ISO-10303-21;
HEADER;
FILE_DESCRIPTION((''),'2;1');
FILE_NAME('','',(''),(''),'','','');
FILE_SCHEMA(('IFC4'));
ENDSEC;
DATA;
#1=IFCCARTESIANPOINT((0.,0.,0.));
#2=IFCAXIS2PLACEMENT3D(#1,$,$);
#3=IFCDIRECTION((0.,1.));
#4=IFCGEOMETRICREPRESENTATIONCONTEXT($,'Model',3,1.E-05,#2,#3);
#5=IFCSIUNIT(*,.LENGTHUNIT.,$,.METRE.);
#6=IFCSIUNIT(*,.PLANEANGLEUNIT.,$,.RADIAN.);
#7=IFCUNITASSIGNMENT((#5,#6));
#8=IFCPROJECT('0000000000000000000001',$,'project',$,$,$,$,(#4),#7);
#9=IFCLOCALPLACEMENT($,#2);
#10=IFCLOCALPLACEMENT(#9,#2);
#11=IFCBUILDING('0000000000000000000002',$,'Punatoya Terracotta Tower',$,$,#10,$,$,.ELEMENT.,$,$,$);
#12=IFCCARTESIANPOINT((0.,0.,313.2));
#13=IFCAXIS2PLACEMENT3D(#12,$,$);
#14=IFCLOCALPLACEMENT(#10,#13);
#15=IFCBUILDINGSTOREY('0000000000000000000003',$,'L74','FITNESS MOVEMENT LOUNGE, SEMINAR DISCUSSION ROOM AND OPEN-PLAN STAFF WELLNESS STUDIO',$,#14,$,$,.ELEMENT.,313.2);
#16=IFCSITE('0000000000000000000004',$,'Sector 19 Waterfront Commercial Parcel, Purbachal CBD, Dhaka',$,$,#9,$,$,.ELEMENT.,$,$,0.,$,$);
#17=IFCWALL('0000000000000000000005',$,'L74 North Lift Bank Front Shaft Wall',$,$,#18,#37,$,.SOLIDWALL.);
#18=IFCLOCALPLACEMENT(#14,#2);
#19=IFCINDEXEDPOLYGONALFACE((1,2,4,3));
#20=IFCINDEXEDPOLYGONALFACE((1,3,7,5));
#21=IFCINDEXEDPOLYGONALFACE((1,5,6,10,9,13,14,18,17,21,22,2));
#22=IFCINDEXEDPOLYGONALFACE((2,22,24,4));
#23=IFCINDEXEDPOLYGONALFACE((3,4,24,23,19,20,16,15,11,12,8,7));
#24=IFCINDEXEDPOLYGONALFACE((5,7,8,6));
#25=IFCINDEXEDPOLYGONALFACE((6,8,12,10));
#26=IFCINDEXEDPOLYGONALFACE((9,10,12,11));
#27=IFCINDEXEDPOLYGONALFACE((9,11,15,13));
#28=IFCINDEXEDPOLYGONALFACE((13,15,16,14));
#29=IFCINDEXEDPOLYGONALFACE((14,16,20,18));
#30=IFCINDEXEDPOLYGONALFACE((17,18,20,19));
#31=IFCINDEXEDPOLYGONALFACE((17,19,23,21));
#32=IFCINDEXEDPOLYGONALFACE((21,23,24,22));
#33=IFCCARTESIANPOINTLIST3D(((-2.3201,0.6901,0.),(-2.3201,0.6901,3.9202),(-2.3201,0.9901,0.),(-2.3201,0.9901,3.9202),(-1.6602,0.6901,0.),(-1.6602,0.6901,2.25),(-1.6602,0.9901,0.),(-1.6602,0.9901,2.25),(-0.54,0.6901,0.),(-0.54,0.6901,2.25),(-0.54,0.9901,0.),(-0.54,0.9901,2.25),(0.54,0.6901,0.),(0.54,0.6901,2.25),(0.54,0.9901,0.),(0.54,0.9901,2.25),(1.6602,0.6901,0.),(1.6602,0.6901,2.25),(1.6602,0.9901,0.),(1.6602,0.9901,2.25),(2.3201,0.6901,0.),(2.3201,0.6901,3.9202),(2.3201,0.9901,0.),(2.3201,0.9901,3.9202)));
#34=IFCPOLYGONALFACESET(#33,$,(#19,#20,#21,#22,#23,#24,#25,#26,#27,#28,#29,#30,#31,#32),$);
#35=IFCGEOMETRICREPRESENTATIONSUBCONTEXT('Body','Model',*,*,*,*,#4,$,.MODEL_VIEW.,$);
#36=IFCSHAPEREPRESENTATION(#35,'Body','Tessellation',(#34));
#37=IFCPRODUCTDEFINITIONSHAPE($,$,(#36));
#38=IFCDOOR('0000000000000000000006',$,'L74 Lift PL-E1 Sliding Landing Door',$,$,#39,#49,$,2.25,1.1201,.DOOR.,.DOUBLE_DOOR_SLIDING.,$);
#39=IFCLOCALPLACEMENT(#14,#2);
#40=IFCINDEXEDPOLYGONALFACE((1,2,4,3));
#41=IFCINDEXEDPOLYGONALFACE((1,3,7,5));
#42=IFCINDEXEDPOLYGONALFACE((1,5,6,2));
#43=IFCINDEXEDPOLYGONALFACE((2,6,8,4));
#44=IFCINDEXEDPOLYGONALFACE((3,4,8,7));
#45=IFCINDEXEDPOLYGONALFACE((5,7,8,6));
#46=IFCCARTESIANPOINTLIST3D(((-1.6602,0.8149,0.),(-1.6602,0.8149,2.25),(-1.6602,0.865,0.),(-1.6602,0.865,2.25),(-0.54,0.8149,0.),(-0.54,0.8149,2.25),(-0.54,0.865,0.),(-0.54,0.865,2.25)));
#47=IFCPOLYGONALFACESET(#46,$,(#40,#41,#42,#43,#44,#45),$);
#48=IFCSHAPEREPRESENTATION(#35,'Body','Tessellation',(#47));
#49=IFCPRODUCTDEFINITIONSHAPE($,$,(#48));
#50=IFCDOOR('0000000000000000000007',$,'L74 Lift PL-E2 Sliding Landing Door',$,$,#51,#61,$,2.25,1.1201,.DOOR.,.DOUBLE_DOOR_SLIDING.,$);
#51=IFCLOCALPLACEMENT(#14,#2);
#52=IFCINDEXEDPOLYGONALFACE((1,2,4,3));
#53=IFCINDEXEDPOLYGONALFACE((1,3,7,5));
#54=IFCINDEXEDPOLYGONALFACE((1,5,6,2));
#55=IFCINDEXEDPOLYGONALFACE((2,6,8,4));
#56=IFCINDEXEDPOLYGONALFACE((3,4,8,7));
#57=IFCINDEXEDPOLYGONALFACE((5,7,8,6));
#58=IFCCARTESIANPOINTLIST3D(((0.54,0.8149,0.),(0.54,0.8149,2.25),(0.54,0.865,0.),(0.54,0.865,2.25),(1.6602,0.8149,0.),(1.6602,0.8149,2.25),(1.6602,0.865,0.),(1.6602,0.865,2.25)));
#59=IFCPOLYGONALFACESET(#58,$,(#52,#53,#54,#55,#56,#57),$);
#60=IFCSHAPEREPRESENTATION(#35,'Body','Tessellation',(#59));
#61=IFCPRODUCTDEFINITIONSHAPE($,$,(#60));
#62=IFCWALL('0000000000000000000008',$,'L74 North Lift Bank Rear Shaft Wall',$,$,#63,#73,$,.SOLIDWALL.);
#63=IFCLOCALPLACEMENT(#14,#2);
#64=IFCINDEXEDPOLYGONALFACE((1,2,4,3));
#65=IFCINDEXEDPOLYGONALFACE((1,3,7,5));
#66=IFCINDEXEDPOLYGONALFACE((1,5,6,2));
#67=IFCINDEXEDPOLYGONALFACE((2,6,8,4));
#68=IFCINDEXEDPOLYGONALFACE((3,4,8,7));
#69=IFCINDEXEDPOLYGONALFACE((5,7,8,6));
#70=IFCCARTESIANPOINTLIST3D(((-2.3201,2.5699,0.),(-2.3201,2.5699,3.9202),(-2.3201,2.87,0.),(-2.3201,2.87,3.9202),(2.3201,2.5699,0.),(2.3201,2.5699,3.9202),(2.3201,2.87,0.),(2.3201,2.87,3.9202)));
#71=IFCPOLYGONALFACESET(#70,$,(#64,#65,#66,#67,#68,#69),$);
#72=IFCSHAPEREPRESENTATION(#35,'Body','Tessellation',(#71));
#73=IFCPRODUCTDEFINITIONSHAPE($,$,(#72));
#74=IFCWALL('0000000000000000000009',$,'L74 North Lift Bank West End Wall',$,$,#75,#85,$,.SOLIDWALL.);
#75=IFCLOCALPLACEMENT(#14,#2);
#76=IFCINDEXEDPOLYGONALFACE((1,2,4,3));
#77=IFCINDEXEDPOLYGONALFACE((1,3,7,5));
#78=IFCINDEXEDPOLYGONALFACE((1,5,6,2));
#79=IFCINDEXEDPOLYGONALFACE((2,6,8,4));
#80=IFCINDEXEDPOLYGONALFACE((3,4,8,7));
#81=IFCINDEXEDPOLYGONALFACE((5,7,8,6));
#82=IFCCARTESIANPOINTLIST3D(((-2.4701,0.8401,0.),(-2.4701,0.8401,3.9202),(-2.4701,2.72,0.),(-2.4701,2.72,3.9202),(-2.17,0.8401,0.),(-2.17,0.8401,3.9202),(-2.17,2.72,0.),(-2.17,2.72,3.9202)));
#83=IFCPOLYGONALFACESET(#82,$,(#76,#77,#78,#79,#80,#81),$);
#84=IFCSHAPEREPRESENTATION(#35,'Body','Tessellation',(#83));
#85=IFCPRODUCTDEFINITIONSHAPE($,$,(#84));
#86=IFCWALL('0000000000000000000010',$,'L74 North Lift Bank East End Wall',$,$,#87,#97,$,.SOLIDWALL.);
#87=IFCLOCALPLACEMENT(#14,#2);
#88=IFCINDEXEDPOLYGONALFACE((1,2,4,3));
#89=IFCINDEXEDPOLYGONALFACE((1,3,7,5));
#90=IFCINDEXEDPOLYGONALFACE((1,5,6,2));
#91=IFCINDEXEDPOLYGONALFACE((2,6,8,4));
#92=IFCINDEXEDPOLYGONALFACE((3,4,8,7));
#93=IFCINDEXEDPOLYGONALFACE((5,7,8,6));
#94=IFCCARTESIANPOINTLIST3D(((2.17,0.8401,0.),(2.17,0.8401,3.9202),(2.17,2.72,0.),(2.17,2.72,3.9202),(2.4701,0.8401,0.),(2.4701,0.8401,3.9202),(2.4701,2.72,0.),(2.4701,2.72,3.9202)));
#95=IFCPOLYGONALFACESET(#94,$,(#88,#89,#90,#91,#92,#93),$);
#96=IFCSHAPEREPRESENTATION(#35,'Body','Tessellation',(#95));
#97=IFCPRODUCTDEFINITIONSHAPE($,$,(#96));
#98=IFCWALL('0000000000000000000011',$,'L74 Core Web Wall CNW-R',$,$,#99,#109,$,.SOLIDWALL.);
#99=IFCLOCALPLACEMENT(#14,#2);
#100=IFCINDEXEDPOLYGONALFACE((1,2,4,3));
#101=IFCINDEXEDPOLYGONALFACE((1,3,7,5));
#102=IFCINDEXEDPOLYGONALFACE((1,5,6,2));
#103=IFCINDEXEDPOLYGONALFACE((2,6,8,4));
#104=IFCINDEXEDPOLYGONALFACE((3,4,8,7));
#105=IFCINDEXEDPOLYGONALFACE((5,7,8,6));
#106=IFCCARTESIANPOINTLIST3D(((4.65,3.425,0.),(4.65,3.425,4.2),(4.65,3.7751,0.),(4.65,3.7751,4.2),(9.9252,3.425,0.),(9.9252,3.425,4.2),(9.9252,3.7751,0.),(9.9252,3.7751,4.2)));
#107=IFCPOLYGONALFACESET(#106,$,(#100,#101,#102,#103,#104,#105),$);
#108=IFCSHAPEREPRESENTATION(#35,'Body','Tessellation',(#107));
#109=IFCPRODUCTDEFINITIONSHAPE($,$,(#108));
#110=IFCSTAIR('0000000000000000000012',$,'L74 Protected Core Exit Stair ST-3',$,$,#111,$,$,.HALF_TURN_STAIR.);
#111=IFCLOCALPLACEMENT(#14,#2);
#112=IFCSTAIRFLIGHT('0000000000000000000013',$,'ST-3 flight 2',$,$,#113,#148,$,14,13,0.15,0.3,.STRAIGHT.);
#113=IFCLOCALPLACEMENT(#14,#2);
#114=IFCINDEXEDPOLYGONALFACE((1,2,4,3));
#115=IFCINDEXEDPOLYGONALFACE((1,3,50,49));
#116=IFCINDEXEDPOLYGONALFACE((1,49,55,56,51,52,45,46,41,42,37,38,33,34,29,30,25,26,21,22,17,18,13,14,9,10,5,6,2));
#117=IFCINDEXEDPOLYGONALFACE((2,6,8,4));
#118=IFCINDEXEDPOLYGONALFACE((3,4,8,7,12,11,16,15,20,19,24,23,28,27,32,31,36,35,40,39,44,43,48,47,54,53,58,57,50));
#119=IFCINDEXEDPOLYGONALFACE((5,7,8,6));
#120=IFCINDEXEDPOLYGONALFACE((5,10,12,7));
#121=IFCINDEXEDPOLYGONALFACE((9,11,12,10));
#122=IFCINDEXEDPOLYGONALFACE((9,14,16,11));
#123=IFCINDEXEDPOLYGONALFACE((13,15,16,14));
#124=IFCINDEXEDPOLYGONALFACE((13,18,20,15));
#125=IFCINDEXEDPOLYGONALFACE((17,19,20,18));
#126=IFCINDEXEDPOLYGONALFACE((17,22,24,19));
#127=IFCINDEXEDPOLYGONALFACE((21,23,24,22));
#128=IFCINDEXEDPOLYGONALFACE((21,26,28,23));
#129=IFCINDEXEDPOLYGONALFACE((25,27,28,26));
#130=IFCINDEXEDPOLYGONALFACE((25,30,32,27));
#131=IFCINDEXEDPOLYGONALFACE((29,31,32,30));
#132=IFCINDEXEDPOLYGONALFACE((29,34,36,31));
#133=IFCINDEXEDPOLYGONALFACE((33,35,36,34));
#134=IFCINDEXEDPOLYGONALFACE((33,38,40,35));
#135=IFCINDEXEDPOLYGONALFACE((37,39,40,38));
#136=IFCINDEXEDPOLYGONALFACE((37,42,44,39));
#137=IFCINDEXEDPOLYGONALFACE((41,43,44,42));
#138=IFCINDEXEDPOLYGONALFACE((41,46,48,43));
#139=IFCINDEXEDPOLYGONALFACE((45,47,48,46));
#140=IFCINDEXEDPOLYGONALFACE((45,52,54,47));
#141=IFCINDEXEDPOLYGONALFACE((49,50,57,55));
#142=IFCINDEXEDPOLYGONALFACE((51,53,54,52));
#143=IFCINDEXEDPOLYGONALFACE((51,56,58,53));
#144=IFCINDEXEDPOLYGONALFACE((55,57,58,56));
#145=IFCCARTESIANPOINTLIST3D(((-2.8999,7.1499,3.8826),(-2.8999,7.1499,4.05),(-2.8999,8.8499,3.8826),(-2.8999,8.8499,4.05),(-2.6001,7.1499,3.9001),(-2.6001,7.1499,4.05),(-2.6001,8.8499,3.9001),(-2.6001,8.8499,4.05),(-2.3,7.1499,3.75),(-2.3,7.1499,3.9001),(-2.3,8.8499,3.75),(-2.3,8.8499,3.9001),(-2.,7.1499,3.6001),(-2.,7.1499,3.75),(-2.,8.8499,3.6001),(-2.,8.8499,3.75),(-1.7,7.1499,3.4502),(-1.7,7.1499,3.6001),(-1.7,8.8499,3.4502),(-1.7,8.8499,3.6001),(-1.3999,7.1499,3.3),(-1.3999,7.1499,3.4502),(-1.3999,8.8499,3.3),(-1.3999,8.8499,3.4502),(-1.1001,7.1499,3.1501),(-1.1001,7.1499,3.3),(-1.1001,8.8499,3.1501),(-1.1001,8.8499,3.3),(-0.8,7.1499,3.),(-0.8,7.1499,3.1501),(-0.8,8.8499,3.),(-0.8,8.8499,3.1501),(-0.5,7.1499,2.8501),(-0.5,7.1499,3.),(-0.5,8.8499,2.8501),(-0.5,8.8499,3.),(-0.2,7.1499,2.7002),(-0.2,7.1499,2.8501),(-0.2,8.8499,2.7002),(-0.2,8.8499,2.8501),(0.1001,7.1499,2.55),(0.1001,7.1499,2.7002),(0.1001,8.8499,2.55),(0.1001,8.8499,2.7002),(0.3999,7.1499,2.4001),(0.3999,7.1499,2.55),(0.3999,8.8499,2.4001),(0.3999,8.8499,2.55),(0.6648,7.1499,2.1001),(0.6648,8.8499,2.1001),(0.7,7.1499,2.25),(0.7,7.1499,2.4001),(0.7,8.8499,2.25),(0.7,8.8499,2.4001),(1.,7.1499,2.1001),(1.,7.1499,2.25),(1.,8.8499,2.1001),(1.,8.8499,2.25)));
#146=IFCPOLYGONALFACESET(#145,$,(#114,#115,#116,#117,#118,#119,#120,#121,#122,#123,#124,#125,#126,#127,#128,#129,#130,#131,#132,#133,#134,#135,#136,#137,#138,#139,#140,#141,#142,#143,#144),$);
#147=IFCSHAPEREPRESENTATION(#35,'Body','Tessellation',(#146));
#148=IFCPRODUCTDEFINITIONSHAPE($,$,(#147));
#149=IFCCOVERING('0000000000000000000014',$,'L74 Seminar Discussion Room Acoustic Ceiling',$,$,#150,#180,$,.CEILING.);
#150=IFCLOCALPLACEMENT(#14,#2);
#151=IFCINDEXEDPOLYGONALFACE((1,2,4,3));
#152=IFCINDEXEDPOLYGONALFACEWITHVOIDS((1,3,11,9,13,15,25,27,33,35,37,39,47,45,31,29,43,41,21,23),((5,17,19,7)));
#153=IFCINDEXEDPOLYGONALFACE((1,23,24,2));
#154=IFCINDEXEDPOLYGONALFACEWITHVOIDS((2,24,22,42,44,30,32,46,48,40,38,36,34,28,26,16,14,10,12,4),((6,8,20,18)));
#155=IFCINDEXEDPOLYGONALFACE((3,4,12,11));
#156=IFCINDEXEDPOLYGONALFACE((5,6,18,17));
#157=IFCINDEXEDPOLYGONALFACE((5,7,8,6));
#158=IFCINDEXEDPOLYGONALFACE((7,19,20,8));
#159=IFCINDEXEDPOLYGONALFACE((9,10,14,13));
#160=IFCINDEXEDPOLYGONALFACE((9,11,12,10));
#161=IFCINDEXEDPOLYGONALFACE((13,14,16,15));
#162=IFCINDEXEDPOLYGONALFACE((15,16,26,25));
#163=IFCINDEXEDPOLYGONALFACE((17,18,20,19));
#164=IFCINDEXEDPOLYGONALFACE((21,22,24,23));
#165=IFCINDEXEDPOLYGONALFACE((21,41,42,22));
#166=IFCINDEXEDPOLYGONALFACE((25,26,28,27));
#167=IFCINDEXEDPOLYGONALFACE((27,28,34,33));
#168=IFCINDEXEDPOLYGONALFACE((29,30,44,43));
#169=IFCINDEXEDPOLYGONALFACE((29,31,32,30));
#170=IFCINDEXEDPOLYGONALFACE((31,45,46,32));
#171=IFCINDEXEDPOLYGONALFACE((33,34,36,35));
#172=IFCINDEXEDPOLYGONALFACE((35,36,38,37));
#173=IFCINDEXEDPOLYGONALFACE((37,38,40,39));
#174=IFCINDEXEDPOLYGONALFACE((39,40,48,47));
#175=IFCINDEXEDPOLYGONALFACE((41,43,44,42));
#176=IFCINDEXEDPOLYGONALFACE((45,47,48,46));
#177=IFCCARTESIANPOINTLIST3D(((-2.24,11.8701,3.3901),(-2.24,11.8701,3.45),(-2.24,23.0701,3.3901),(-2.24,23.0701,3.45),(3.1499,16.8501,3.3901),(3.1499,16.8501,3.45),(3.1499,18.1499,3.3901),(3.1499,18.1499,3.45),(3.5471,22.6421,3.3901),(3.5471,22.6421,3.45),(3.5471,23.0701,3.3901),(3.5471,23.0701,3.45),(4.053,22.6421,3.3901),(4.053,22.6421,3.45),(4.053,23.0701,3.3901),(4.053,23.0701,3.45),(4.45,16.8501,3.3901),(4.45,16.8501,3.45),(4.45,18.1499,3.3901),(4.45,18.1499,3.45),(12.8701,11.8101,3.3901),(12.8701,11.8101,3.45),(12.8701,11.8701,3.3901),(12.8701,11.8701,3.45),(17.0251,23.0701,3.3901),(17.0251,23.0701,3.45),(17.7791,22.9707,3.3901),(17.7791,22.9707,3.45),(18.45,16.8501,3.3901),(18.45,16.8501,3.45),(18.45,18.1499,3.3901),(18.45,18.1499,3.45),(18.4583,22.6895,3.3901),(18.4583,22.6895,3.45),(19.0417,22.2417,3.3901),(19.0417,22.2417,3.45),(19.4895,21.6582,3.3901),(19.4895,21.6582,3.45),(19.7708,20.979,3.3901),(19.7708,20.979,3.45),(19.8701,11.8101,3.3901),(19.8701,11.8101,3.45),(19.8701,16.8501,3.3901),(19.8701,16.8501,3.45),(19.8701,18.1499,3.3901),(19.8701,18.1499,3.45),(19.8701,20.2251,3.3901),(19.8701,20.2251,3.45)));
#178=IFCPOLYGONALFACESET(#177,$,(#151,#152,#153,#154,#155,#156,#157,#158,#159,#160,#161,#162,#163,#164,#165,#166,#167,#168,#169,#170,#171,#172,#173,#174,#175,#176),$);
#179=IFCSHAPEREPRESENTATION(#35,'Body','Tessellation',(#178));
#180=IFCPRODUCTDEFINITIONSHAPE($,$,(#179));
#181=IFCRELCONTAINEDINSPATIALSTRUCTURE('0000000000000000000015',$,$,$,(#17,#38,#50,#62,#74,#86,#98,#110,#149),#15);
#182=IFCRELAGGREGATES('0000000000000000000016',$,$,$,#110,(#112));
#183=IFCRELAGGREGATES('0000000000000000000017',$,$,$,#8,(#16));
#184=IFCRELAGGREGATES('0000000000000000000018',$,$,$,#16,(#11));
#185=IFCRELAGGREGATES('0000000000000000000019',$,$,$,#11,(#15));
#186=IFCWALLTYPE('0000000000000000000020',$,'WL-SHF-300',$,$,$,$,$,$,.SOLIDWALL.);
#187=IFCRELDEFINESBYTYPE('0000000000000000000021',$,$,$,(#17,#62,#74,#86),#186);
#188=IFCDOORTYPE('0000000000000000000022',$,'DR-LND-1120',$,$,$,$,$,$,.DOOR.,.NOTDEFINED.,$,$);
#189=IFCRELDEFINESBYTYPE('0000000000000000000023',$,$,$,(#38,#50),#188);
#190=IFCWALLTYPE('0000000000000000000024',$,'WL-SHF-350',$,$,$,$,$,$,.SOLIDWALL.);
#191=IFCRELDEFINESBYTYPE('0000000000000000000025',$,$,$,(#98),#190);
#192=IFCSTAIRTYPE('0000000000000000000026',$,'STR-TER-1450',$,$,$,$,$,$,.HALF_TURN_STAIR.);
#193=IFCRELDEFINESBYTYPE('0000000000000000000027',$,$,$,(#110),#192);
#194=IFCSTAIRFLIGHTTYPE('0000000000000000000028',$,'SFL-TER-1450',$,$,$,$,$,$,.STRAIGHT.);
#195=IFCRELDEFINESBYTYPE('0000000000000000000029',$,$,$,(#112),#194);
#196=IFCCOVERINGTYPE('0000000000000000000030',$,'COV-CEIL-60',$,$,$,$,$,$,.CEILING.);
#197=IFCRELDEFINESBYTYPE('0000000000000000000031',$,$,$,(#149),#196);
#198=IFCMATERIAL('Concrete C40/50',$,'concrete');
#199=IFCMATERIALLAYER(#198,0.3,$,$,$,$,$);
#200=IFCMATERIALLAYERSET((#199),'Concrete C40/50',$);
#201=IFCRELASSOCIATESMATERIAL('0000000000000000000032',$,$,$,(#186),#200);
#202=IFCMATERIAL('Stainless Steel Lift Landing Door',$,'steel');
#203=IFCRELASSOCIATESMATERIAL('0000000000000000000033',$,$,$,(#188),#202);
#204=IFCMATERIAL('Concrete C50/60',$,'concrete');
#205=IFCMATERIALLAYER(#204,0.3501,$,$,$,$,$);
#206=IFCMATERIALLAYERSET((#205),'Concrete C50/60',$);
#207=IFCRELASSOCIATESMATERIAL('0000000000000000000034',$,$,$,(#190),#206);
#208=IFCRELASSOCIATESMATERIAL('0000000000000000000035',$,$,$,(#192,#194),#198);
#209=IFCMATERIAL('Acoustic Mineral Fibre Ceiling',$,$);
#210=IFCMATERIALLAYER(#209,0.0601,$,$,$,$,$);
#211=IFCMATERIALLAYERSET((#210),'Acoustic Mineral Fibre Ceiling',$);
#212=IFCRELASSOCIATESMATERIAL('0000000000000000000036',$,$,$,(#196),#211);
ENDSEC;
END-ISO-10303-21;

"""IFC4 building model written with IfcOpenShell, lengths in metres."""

from ifc_helpers import new_model, si_unit, direction, frame, frame_2d, origin, place, context, subcontext, project, spatial, polyline, rectangle, outline, extrude, material, layer, layer_set, type_object, element, fill, aggregate, save


model = new_model("IFC4")

# Units and contexts
model_context = context("Model", 3, precision=1e-05, world=origin(), true_north=direction((0.0, 1.0)))
body_context = subcontext(model_context, "Body", "Model", "MODEL_VIEW")
ifc_project = project(units=[si_unit("LENGTHUNIT", "METRE"), si_unit("PLANEANGLEUNIT", "RADIAN")], contexts=[model_context])

# Site, building, storey
site_placement = place(None, origin())
site = spatial("IfcSite", under=ifc_project, at=site_placement, Name="Sector 19 Waterfront Commercial Parcel, Purbachal CBD, Dhaka", CompositionType="ELEMENT", RefElevation=0.0)
building_placement = place(site_placement, origin())
building = spatial("IfcBuilding", under=site, at=building_placement, Name="Punatoya Terracotta Tower", CompositionType="ELEMENT")
storey_placement = place(building_placement, frame((0.0, 0.0, 313.2)))
storey = spatial("IfcBuildingStorey", under=building, at=storey_placement, Name="L74", Description="FITNESS MOVEMENT LOUNGE, SEMINAR DISCUSSION ROOM AND OPEN-PLAN STAFF WELLNESS STUDIO", CompositionType="ELEMENT", Elevation=313.2)

# Shared definitions
ifc_material_1 = material(Name="Concrete C40/50", Category="concrete")

# Shared definitions
ifc_layer_1 = layer(ifc_material_1, 0.3)
ifc_layer_set_1 = layer_set([ifc_layer_1], Name="Concrete C40/50")
wall_type_1 = type_object("IfcWallType", Name="WL-SHF-300", PredefinedType="SOLIDWALL", material=ifc_layer_set_1)

# Wall, openings, doors
wall_1_placement = place(storey_placement, frame((-2.3201, 0.8401, 0.0), z_axis=(0.0, 0.0, 1.0), x_axis=(1.0, 0.0, 0.0)))
wall_1 = element("IfcWall", 1, at=wall_1_placement, inside=storey, type_object=wall_type_1, Name="L74 North Lift Bank Front Shaft Wall", PredefinedType="SOLIDWALL", context=body_context, shape_type="SweptSolid", body=[
    extrude(rectangle(XDim=4.6401, YDim=0.3, at=frame_2d((2.3201, 0.0))), origin(), (0.0, 0.0, 1.0), 3.9202),
])
opening_1_placement = place(wall_1_placement, frame((0.6599, 0.0, 0.0)))
opening_1 = element("IfcOpeningElement", 2, at=opening_1_placement, cuts=wall_1, PredefinedType="OPENING", context=body_context, shape_type="SweptSolid", body=[
    extrude(rectangle(XDim=1.1201, YDim=2.25, at=frame_2d((0.5601, 1.125))), frame((0.0, 0.1599, 0.0), z_axis=(0.0, -1.0, 0.0), x_axis=(1.0, 0.0, 0.0)), (0.0, 0.0, 1.0), 0.3201),
])
opening_2_placement = place(wall_1_placement, frame((2.8601, 0.0, 0.0)))
opening_2 = element("IfcOpeningElement", 3, at=opening_2_placement, cuts=wall_1, PredefinedType="OPENING", context=body_context, shape_type="SweptSolid", body=[
    extrude(rectangle(XDim=1.1201, YDim=2.25, at=frame_2d((0.5601, 1.125))), frame((0.0, 0.1599, 0.0), z_axis=(0.0, -1.0, 0.0), x_axis=(1.0, 0.0, 0.0)), (0.0, 0.0, 1.0), 0.3201),
])
ifc_material_2 = material(Name="Stainless Steel Lift Landing Door", Category="steel")
door_type_1 = type_object("IfcDoorType", Name="DR-LND-1120", OperationType="NOTDEFINED", PredefinedType="DOOR", material=ifc_material_2)
door_1_placement = place(opening_1_placement, origin())
door_1 = element("IfcDoor", 4, at=door_1_placement, inside=storey, type_object=door_type_1, Name="L74 Lift PL-E1 Sliding Landing Door", OperationType="DOUBLE_DOOR_SLIDING", OverallHeight=2.25, OverallWidth=1.1201, PredefinedType="DOOR", context=body_context, shape_type="SweptSolid", body=[
    extrude(rectangle(XDim=1.1201, YDim=2.25, at=frame_2d((0.5601, 1.125))), frame((0.0, 0.0249, 0.0), z_axis=(0.0, -1.0, 0.0), x_axis=(1.0, 0.0, 0.0)), (0.0, 0.0, 1.0), 0.05),
])
fill(opening_1, door_1)
door_2_placement = place(opening_2_placement, origin())
door_2 = element("IfcDoor", 5, at=door_2_placement, inside=storey, type_object=door_type_1, Name="L74 Lift PL-E2 Sliding Landing Door", OperationType="DOUBLE_DOOR_SLIDING", OverallHeight=2.25, OverallWidth=1.1201, PredefinedType="DOOR", context=body_context, shape_type="SweptSolid", body=[
    extrude(rectangle(XDim=1.1201, YDim=2.25, at=frame_2d((0.5601, 1.125))), frame((0.0, 0.0249, 0.0), z_axis=(0.0, -1.0, 0.0), x_axis=(1.0, 0.0, 0.0)), (0.0, 0.0, 1.0), 0.05),
])
fill(opening_2, door_2)

# Walls
wall_2_placement = place(storey_placement, frame((-2.3201, 2.72, 0.0), z_axis=(0.0, 0.0, 1.0), x_axis=(1.0, 0.0, 0.0)))
element("IfcWall", 6, at=wall_2_placement, inside=storey, type_object=wall_type_1, Name="L74 North Lift Bank Rear Shaft Wall", PredefinedType="SOLIDWALL", context=body_context, shape_type="SweptSolid", body=[
    extrude(rectangle(XDim=4.6401, YDim=0.3, at=frame_2d((2.3201, 0.0))), origin(), (0.0, 0.0, 1.0), 3.9202),
])
for number, where, z_axis, x_axis, name in (
    (7, (-2.3201, 0.8401, 0.0), (0.0, 0.0, 1.0), (0.0, 1.0, 0.0), "L74 North Lift Bank West End Wall"),
    (8, (2.3201, 0.8401, 0.0), (0.0, 0.0, 1.0), (0.0, 1.0, 0.0), "L74 North Lift Bank East End Wall"),
):
    element("IfcWall", number, at=place(storey_placement, frame(where, z_axis=z_axis, x_axis=x_axis)), inside=storey, type_object=wall_type_1, Name=name, PredefinedType="SOLIDWALL", context=body_context, shape_type="SweptSolid", body=[
        extrude(rectangle(XDim=1.8799, YDim=0.3, at=frame_2d((0.9399, 0.0))), origin(), (0.0, 0.0, 1.0), 3.9202),
    ])
ifc_material_3 = material(Name="Concrete C50/60", Category="concrete")
ifc_layer_2 = layer(ifc_material_3, 0.3501)
ifc_layer_set_2 = layer_set([ifc_layer_2], Name="Concrete C50/60")
wall_type_2 = type_object("IfcWallType", Name="WL-SHF-350", PredefinedType="SOLIDWALL", material=ifc_layer_set_2)
wall_3_placement = place(storey_placement, frame((4.6499, 3.6001, 0.0), z_axis=(0.0, 0.0, 1.0), x_axis=(1.0, 0.0, 0.0)))
element("IfcWall", 9, at=wall_3_placement, inside=storey, type_object=wall_type_2, Name="L74 Core Web Wall CNW-R", PredefinedType="SOLIDWALL", context=body_context, shape_type="SweptSolid", body=[
    extrude(rectangle(XDim=5.2751, YDim=0.3501, at=frame_2d((2.6377, 0.0))), origin(), (0.0, 0.0, 1.0), 4.2),
])

# Stair, stair flight
stair_type = type_object("IfcStairType", Name="STR-TER-1450", PredefinedType="HALF_TURN_STAIR", material=ifc_material_1)
stair_placement = place(storey_placement, origin())
stair = element("IfcStair", 10, at=stair_placement, inside=storey, type_object=stair_type, Name="L74 Protected Core Exit Stair ST-3", PredefinedType="HALF_TURN_STAIR")
stair_flight_type = type_object("IfcStairFlightType", Name="SFL-TER-1450", PredefinedType="STRAIGHT", material=ifc_material_1)
stair_flight_placement = place(storey_placement, frame((1.0, 8.0, 2.1001), z_axis=(0.0, 0.0, 1.0), x_axis=(-1.0, 0.0, 0.0)))
stair_flight = element("IfcStairFlight", 11, at=stair_flight_placement, type_object=stair_flight_type, Name="ST-3 flight 2", NumberOfRisers=14, NumberOfTreads=13, PredefinedType="STRAIGHT", RiserHeight=0.15, TreadLength=0.3, context=body_context, shape_type="SweptSolid", body=[
    extrude(outline(polyline([(0.0, 0.0), (0.0, 0.1499), (0.3, 0.1499), (0.3, 0.3), (0.6001, 0.3), (0.6001, 0.45), (0.8999, 0.45), (0.8999, 0.6001), (1.2, 0.6001), (1.2, 0.75), (1.5, 0.75), (1.5, 0.8999), (1.8, 0.8999), (1.8, 1.05), (2.1001, 1.05), (2.1001, 1.2), (2.3999, 1.2), (2.3999, 1.3501), (2.7, 1.3501), (2.7, 1.5), (3.0, 1.5), (3.0, 1.6499), (3.3, 1.6499), (3.3, 1.8), (3.6001, 1.8), (3.6001, 1.95), (3.8999, 1.95), (3.8999, 2.1001), (3.8999, 1.7825), (0.3352, 0.0), (0.0, 0.0)])), frame((0.0, 0.8501, 0.0), z_axis=(0.0, -1.0, 0.0), x_axis=(1.0, 0.0, 0.0)), (0.0, 0.0, 1.0), 1.7),
])
aggregate(stair, [stair_flight])

# Covering
ifc_material_4 = material(Name="Acoustic Mineral Fibre Ceiling")
ifc_layer_3 = layer(ifc_material_4, 0.0601)
ifc_layer_set_3 = layer_set([ifc_layer_3], Name="Acoustic Mineral Fibre Ceiling")
covering_type = type_object("IfcCoveringType", Name="COV-CEIL-60", PredefinedType="CEILING", material=ifc_layer_set_3)
covering_placement = place(storey_placement, frame((0.0, 0.0, 3.3901)))
element("IfcCovering", 12, at=covering_placement, inside=storey, type_object=covering_type, Name="L74 Seminar Discussion Room Acoustic Ceiling", PredefinedType="CEILING", context=body_context, shape_type="SweptSolid", body=[
    extrude(outline(polyline([(12.8701, 11.8101), (19.8701, 11.8101), (19.8701, 16.8501), (18.45, 16.8501), (18.45, 18.1499), (19.8701, 18.1499), (19.8701, 20.2251), (19.7708, 20.979), (19.4895, 21.6582), (19.0417, 22.2417), (18.4583, 22.6895), (17.7791, 22.9707), (17.0251, 23.0701), (4.053, 23.0701), (4.053, 22.6421), (3.5471, 22.6421), (3.5471, 23.0701), (-2.24, 23.0701), (-2.24, 11.8701), (12.8701, 11.8701), (12.8701, 11.8101)]), holes=[polyline([(4.45, 16.8501), (3.1499, 16.8501), (3.1499, 18.1499), (4.45, 18.1499), (4.45, 16.8501)])]), origin(), (0.0, 0.0, 1.0), 0.0598),
])

save(model, "model.ifc")
